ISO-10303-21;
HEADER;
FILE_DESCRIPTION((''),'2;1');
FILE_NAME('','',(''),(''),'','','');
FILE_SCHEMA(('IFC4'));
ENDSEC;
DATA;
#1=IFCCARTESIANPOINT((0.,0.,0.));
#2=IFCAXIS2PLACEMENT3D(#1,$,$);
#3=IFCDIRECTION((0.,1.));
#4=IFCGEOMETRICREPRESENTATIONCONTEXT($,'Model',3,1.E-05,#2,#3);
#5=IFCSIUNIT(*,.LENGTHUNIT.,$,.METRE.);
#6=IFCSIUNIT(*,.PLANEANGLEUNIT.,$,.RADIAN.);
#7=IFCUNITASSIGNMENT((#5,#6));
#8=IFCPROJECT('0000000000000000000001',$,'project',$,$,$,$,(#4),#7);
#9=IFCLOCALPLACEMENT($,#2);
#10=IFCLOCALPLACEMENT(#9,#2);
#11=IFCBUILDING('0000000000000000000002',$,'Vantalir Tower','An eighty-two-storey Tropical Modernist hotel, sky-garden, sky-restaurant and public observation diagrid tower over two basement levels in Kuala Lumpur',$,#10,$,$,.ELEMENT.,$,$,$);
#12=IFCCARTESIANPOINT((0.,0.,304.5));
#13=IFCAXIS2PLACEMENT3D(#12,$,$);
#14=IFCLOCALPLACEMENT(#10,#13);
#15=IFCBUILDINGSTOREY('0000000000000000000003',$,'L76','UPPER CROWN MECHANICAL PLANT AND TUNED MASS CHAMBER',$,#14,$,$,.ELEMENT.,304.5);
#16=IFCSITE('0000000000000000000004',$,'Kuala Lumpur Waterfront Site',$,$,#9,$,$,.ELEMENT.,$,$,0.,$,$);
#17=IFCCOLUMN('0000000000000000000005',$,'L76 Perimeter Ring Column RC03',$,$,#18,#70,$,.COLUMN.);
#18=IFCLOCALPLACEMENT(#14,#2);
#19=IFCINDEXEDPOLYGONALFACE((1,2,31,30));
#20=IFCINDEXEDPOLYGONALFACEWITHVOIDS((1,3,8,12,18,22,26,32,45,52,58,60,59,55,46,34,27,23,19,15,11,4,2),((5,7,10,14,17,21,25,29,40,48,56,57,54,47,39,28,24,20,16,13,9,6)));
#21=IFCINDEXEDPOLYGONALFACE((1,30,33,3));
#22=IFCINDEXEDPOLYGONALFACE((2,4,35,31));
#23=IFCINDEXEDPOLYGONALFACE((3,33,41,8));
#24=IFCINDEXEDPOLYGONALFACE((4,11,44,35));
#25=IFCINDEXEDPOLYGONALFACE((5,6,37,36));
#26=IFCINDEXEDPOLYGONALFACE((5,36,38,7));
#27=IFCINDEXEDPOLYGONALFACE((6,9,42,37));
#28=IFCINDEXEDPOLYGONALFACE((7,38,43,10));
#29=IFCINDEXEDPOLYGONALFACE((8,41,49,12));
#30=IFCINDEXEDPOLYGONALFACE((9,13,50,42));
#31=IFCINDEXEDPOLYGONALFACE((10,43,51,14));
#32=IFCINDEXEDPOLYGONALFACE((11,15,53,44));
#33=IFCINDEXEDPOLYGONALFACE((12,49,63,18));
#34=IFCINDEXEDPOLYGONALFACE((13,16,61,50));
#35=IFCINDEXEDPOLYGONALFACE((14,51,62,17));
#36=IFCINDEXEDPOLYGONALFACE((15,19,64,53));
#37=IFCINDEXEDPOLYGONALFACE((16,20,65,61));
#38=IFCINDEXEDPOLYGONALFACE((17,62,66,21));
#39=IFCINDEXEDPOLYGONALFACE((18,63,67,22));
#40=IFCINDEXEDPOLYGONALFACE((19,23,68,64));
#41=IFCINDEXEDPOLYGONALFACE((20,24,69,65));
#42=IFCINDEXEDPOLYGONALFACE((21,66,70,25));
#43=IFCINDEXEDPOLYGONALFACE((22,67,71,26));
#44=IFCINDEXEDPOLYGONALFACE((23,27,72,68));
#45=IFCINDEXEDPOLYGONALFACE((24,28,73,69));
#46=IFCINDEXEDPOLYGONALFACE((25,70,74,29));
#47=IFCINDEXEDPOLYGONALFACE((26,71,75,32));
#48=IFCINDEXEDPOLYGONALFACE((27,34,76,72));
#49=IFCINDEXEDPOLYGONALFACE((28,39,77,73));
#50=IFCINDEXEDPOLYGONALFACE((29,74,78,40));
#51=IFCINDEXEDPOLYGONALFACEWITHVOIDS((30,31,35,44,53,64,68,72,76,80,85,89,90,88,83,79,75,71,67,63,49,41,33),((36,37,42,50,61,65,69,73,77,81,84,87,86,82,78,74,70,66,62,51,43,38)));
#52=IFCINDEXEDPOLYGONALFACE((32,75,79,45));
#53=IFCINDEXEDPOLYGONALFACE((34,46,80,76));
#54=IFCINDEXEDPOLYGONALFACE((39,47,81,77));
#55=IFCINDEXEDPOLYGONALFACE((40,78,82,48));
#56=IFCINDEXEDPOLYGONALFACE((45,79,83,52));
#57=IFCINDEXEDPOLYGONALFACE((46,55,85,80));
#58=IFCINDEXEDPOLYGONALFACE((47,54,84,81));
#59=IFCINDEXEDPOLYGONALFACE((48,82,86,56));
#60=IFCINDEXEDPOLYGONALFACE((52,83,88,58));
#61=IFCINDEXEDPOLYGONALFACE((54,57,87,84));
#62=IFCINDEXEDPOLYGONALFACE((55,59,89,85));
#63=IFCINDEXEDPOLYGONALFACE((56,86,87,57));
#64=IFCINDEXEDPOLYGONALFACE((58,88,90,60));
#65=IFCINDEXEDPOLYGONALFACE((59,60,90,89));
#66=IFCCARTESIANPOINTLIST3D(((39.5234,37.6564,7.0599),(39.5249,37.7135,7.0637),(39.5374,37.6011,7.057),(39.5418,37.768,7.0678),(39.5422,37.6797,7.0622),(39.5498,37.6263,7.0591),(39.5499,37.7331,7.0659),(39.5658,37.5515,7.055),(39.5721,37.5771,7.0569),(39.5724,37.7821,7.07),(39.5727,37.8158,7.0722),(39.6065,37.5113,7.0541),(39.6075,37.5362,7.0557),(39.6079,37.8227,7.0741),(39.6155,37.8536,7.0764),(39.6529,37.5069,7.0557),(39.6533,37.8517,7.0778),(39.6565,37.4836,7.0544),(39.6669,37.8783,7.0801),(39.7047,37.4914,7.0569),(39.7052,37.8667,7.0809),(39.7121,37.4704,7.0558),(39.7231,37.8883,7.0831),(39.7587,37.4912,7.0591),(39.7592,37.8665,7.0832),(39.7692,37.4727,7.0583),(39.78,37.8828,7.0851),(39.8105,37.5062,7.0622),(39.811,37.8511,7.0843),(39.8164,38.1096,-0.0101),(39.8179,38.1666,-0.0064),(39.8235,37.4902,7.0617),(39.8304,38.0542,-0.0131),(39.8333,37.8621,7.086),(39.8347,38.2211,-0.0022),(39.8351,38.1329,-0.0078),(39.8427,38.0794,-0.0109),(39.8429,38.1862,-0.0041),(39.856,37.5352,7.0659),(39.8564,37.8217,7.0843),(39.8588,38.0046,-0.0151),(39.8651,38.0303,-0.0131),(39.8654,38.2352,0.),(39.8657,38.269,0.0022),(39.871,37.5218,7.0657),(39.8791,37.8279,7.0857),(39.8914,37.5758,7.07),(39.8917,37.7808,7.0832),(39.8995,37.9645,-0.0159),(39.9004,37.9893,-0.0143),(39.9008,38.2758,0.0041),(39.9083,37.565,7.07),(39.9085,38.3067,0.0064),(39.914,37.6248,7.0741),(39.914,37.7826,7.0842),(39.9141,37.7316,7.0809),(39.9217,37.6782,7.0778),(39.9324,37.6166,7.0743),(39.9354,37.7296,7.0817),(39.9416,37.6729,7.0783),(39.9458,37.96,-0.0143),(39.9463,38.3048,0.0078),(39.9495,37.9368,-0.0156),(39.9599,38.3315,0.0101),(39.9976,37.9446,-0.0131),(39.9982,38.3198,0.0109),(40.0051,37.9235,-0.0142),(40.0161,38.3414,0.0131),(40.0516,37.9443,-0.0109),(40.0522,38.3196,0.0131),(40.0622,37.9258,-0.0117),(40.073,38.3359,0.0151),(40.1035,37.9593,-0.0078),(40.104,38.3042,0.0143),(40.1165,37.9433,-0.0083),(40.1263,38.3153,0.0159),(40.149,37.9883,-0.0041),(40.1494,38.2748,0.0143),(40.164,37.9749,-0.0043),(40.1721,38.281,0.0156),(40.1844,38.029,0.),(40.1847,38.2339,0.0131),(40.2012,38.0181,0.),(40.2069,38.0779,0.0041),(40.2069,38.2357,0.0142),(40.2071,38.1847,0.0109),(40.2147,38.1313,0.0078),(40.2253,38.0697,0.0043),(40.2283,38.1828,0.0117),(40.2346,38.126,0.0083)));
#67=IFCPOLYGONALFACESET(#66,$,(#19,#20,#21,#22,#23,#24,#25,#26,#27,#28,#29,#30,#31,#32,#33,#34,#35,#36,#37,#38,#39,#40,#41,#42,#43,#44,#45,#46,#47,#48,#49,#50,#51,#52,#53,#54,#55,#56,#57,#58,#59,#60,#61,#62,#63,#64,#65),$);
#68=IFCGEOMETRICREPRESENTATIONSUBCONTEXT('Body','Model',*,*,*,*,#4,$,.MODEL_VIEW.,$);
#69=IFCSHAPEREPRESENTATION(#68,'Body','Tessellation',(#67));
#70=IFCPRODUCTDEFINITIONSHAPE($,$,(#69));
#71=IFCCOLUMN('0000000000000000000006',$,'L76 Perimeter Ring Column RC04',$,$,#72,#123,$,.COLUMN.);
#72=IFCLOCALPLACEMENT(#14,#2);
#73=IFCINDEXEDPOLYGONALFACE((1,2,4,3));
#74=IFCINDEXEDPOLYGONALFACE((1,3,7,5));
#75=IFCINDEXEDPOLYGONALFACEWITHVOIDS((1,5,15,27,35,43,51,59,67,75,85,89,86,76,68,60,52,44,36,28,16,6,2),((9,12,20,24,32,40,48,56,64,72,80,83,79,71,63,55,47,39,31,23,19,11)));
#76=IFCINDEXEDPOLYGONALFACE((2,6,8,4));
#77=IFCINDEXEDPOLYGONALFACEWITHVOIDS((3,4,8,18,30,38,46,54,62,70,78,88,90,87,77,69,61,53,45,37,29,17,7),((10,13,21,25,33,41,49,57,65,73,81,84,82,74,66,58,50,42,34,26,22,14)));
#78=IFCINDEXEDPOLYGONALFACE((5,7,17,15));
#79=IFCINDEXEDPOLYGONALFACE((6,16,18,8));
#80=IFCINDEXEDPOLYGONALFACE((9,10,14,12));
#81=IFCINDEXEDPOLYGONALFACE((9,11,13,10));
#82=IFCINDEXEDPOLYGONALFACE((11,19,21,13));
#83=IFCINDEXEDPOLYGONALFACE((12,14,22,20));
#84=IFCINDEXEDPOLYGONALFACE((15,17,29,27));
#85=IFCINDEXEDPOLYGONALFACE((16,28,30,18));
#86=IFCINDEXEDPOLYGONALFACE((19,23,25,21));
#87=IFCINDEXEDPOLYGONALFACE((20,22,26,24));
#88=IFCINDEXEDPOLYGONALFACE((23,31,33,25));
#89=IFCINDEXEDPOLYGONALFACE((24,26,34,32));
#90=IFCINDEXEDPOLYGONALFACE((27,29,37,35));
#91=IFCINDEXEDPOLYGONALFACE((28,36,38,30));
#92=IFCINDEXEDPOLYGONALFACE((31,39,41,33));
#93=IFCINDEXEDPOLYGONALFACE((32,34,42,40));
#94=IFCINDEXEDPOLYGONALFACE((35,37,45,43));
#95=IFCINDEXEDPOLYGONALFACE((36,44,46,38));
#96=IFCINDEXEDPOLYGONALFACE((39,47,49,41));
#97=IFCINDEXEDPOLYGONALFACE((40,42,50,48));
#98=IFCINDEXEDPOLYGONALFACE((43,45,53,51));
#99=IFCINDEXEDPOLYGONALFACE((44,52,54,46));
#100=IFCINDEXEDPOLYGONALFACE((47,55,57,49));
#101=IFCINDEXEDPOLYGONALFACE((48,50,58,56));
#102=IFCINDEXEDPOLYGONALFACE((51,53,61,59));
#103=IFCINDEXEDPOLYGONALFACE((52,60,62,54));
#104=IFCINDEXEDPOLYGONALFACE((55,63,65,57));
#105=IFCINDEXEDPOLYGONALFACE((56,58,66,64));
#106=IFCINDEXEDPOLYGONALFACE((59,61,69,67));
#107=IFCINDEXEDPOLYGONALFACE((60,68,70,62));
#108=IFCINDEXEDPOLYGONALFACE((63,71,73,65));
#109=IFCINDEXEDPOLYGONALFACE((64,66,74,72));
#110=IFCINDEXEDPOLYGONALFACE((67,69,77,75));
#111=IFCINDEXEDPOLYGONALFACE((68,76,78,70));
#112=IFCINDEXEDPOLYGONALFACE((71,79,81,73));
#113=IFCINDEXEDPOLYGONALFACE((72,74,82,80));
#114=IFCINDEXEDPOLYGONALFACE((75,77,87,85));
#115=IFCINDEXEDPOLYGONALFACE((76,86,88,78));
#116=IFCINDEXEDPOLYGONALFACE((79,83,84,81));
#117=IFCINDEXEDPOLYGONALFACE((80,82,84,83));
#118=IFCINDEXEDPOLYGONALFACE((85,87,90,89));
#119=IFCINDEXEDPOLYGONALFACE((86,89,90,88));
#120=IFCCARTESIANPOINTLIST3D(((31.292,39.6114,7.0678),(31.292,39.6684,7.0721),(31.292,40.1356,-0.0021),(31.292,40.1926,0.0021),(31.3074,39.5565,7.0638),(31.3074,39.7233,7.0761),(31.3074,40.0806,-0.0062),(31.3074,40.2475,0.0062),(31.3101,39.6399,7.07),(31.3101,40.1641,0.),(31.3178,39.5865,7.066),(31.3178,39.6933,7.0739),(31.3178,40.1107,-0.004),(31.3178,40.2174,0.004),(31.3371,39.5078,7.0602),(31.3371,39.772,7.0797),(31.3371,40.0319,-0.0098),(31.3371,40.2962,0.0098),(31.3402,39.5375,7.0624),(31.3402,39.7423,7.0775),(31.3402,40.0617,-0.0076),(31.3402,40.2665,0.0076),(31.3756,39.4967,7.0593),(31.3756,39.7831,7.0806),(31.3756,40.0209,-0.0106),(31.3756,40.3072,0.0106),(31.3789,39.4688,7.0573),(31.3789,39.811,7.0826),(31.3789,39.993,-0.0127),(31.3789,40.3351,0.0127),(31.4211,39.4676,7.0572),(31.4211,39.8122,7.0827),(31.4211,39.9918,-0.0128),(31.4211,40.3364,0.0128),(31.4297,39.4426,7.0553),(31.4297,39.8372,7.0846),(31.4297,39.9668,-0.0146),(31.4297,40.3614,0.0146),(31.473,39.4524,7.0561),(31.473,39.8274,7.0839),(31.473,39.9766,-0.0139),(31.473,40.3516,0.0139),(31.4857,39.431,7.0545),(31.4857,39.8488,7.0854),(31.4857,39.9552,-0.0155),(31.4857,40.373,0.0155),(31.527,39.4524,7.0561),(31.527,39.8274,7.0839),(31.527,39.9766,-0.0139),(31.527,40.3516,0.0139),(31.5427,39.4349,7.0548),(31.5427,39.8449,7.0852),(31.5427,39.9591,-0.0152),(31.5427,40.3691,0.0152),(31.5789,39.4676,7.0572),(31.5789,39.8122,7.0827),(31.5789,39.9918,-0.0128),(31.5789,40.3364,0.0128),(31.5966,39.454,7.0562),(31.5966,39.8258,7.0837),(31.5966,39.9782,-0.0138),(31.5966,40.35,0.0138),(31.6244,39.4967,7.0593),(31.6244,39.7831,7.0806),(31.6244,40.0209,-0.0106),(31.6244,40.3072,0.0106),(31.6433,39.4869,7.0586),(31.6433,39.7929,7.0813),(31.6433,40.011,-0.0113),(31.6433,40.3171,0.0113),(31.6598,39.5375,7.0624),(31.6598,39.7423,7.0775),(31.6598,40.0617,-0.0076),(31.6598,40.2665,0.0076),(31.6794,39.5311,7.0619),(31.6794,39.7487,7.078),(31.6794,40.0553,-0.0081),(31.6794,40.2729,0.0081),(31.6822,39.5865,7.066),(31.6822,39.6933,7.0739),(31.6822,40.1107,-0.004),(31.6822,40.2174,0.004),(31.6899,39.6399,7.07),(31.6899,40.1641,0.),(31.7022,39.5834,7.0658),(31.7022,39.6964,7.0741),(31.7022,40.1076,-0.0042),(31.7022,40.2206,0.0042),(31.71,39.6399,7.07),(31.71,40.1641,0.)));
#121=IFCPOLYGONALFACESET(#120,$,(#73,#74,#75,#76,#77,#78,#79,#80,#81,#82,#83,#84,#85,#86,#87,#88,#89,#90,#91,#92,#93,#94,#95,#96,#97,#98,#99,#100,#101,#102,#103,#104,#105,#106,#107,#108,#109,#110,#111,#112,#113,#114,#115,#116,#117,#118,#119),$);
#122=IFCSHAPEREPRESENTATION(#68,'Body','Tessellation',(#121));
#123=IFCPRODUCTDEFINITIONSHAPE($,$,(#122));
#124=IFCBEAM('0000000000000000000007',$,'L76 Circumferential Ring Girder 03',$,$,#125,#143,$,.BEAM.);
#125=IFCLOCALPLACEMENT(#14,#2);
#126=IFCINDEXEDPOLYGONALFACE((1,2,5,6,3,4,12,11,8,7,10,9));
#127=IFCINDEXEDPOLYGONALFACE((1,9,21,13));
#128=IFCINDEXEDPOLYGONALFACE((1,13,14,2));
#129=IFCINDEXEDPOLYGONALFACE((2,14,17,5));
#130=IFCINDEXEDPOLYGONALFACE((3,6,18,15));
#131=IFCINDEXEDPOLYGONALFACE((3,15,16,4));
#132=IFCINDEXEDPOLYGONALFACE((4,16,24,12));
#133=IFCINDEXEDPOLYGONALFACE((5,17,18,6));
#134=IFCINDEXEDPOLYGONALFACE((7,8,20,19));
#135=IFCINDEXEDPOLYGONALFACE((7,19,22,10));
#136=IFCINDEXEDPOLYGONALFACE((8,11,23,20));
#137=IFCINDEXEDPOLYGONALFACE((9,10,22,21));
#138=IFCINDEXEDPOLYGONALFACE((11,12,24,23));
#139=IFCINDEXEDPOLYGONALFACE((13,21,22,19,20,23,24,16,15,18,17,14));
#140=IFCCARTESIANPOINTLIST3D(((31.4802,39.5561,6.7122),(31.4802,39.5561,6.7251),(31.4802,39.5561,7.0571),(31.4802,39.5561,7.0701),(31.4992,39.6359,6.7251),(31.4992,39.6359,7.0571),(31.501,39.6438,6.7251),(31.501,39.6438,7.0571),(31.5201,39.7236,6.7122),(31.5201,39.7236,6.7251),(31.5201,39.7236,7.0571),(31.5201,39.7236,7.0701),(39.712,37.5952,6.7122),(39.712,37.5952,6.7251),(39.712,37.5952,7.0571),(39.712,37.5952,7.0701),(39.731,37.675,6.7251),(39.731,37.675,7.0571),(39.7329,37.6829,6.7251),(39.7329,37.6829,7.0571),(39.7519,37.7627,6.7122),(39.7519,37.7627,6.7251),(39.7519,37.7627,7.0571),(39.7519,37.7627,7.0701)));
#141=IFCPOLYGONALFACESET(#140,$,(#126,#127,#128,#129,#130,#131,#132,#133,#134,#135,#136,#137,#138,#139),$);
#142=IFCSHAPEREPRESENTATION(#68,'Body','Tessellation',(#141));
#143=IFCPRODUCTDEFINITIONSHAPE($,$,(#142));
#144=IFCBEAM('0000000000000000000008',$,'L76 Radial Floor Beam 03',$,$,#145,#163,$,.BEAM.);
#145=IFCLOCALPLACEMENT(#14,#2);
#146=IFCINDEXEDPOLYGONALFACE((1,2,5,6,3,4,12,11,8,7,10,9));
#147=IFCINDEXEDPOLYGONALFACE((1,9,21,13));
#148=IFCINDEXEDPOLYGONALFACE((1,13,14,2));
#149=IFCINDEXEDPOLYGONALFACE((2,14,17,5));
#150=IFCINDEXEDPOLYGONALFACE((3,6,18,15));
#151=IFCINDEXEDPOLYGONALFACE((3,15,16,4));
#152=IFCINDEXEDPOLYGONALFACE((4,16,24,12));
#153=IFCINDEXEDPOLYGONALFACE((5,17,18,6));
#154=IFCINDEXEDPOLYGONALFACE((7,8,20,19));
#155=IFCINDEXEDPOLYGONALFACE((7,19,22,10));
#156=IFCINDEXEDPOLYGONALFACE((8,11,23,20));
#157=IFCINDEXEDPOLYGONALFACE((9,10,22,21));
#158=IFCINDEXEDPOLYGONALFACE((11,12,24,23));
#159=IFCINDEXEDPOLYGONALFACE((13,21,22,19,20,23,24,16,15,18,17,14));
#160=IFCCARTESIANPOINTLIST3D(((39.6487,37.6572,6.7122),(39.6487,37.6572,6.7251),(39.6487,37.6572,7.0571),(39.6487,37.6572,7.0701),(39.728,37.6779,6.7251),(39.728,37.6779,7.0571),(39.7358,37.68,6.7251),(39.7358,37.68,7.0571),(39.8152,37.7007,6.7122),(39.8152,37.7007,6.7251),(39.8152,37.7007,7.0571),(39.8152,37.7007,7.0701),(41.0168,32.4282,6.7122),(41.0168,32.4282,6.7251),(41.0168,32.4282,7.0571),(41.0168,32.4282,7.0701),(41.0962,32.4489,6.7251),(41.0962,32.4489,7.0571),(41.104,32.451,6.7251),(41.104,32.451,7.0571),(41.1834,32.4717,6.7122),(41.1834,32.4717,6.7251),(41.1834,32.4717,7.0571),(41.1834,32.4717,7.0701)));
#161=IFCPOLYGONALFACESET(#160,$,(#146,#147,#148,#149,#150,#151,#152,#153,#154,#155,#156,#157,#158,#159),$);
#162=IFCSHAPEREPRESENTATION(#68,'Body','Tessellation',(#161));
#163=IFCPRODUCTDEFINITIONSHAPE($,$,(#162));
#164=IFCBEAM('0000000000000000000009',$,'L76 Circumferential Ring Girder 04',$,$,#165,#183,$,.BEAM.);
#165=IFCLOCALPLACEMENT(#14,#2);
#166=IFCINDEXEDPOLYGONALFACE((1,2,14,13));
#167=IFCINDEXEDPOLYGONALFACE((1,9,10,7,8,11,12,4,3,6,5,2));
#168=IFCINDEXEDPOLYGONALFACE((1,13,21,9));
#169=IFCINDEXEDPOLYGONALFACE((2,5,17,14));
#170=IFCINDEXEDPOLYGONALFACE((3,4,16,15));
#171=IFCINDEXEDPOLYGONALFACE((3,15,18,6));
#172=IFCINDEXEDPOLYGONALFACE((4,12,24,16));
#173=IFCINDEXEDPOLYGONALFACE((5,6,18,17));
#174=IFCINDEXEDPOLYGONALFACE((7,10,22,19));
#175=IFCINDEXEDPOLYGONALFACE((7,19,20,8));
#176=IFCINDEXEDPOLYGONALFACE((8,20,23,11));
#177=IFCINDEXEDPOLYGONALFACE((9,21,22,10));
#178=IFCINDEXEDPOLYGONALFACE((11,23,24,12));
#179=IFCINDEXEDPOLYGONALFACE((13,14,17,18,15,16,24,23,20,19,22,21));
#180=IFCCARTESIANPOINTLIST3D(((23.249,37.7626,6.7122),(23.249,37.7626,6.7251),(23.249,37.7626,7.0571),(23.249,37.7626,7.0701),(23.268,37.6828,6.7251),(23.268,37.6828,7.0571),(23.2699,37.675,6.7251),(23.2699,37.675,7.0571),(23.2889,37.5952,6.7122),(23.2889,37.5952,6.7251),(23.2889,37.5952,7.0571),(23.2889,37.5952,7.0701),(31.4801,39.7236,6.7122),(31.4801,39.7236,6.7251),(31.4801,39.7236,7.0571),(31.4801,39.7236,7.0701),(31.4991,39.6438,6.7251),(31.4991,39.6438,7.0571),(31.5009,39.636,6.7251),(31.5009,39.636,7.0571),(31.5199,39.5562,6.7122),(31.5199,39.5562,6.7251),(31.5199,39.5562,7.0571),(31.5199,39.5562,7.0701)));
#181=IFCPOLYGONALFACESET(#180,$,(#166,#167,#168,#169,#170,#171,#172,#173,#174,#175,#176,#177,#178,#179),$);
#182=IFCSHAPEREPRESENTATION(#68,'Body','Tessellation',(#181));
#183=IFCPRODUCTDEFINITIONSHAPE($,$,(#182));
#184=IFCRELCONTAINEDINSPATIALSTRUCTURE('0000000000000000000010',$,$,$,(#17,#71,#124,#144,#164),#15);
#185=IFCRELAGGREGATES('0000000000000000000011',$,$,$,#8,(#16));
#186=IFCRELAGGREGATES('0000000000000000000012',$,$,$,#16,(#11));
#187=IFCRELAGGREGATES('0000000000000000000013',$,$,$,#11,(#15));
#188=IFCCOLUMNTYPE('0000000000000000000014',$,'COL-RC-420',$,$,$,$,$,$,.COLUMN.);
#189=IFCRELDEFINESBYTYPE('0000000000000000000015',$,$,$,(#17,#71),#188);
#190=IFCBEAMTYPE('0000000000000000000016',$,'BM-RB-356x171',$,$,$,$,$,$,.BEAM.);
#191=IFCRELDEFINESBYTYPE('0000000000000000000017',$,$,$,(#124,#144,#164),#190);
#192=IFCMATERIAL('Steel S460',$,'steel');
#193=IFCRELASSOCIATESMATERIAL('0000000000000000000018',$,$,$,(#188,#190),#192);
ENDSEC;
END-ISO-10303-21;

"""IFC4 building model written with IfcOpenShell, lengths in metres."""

from ifc_helpers import new_model, si_unit, direction, frame, origin, origin_2d, place, context, subcontext, project, spatial, hollow_circle, i_section, extrude, material, material_profile, profile_set, type_object, element, save


model = new_model("IFC4")

# Units and contexts
model_context = context("Model", 3, precision=1e-05, world=origin(), true_north=direction((0.0, 1.0)))
body_context = subcontext(model_context, "Body", "Model", "MODEL_VIEW")
ifc_project = project(units=[si_unit("LENGTHUNIT", "METRE"), si_unit("PLANEANGLEUNIT", "RADIAN")], contexts=[model_context])

# Site, building, storey
site_placement = place(None, origin())
site = spatial("IfcSite", under=ifc_project, at=site_placement, Name="Kuala Lumpur Waterfront Site", CompositionType="ELEMENT", RefElevation=0.0)
building_placement = place(site_placement, origin())
building = spatial("IfcBuilding", under=site, at=building_placement, Name="Vantalir Tower", Description="An eighty-two-storey Tropical Modernist hotel, sky-garden, sky-restaurant and public observation diagrid tower over two basement levels in Kuala Lumpur", CompositionType="ELEMENT")
storey_placement = place(building_placement, frame((0.0, 0.0, 304.5)))
storey = spatial("IfcBuildingStorey", under=building, at=storey_placement, Name="L76", Description="UPPER CROWN MECHANICAL PLANT AND TUNED MASS CHAMBER", CompositionType="ELEMENT", Elevation=304.5)

# Columns
ifc_material_1 = material(Name="Steel S460", Category="steel")
ifc_material_profile_1 = material_profile(ifc_material_1, hollow_circle(Radius=0.21, WallThickness=0.02, at=origin_2d()), Name="Steel S460")
ifc_profile_set_1 = profile_set([ifc_material_profile_1], Name="Steel S460")
column_type = type_object("IfcColumnType", Name="COL-RC-420", PredefinedType="COLUMN", material=ifc_profile_set_1)
column_1_placement = place(storey_placement, frame((40.0249, 38.1321, 0.0), z_axis=(-0.041318, -0.063905, 0.9971), x_axis=(0.839764, -0.542951, 0.0)))
element("IfcColumn", 1, at=column_1_placement, inside=storey, type_object=column_type, Name="L76 Perimeter Ring Column RC03", PredefinedType="COLUMN", context=body_context, shape_type="SweptSolid", body=[
    extrude(hollow_circle(Radius=0.21, WallThickness=0.02, at=origin_2d()), origin(), (0.0, 0.0, 1.0), 7.0906),
])
column_2_placement = place(storey_placement, frame((31.5, 40.1641, 0.0), z_axis=(0.0, -0.073936, 0.997263), x_axis=(1.0, 0.0, 0.0)))
element("IfcColumn", 2, at=column_2_placement, inside=storey, type_object=column_type, Name="L76 Perimeter Ring Column RC04", PredefinedType="COLUMN", context=body_context, shape_type="SweptSolid", body=[
    extrude(hollow_circle(Radius=0.21, WallThickness=0.02, at=origin_2d()), origin(), (0.0, 0.0, 1.0), 7.0894),
])

# Beams
ifc_material_profile_2 = material_profile(ifc_material_1, i_section(OverallWidth=0.1721, OverallDepth=0.3579, WebThickness=0.0081, FlangeThickness=0.0129, at=origin_2d()), Name="Steel S460")
ifc_profile_set_2 = profile_set([ifc_material_profile_2], Name="Steel S460")
beam_type = type_object("IfcBeamType", Name="BM-RB-356x171", PredefinedType="BEAM", material=ifc_profile_set_2)
beam_1_placement = place(storey_placement, frame((39.7319, 37.679, 6.8911), z_axis=(-0.972781, 0.231727, 0.0), x_axis=(-0.231727, -0.972781, 0.0)))
element("IfcBeam", 3, at=beam_1_placement, inside=storey, type_object=beam_type, Name="L76 Circumferential Ring Girder 03", PredefinedType="BEAM", context=body_context, shape_type="SweptSolid", body=[
    extrude(i_section(OverallWidth=0.1721, OverallDepth=0.3579, WebThickness=0.0081, FlangeThickness=0.0129, at=origin_2d()), origin(), (0.0, 0.0, 1.0), 8.4622),
])
beam_2_placement = place(storey_placement, frame((39.7319, 37.679, 6.8911), z_axis=(0.253128, -0.967433, 0.0), x_axis=(0.967433, 0.253128, 0.0)))
element("IfcBeam", 4, at=beam_2_placement, inside=storey, type_object=beam_type, Name="L76 Radial Floor Beam 03", PredefinedType="BEAM", context=body_context, shape_type="SweptSolid", body=[
    extrude(i_section(OverallWidth=0.1721, OverallDepth=0.3579, WebThickness=0.0081, FlangeThickness=0.0129, at=origin_2d()), origin(), (0.0, 0.0, 1.0), 5.405),
])
beam_3_placement = place(storey_placement, frame((31.5, 39.6399, 6.8911), z_axis=(-0.972775, -0.231753, 0.0), x_axis=(0.231753, -0.972775, 0.0)))
element("IfcBeam", 5, at=beam_3_placement, inside=storey, type_object=beam_type, Name="L76 Circumferential Ring Girder 04", PredefinedType="BEAM", context=body_context, shape_type="SweptSolid", body=[
    extrude(i_section(OverallWidth=0.1721, OverallDepth=0.3579, WebThickness=0.0081, FlangeThickness=0.0129, at=origin_2d()), origin(), (0.0, 0.0, 1.0), 8.4614),
])

save(model, "model.ifc")
